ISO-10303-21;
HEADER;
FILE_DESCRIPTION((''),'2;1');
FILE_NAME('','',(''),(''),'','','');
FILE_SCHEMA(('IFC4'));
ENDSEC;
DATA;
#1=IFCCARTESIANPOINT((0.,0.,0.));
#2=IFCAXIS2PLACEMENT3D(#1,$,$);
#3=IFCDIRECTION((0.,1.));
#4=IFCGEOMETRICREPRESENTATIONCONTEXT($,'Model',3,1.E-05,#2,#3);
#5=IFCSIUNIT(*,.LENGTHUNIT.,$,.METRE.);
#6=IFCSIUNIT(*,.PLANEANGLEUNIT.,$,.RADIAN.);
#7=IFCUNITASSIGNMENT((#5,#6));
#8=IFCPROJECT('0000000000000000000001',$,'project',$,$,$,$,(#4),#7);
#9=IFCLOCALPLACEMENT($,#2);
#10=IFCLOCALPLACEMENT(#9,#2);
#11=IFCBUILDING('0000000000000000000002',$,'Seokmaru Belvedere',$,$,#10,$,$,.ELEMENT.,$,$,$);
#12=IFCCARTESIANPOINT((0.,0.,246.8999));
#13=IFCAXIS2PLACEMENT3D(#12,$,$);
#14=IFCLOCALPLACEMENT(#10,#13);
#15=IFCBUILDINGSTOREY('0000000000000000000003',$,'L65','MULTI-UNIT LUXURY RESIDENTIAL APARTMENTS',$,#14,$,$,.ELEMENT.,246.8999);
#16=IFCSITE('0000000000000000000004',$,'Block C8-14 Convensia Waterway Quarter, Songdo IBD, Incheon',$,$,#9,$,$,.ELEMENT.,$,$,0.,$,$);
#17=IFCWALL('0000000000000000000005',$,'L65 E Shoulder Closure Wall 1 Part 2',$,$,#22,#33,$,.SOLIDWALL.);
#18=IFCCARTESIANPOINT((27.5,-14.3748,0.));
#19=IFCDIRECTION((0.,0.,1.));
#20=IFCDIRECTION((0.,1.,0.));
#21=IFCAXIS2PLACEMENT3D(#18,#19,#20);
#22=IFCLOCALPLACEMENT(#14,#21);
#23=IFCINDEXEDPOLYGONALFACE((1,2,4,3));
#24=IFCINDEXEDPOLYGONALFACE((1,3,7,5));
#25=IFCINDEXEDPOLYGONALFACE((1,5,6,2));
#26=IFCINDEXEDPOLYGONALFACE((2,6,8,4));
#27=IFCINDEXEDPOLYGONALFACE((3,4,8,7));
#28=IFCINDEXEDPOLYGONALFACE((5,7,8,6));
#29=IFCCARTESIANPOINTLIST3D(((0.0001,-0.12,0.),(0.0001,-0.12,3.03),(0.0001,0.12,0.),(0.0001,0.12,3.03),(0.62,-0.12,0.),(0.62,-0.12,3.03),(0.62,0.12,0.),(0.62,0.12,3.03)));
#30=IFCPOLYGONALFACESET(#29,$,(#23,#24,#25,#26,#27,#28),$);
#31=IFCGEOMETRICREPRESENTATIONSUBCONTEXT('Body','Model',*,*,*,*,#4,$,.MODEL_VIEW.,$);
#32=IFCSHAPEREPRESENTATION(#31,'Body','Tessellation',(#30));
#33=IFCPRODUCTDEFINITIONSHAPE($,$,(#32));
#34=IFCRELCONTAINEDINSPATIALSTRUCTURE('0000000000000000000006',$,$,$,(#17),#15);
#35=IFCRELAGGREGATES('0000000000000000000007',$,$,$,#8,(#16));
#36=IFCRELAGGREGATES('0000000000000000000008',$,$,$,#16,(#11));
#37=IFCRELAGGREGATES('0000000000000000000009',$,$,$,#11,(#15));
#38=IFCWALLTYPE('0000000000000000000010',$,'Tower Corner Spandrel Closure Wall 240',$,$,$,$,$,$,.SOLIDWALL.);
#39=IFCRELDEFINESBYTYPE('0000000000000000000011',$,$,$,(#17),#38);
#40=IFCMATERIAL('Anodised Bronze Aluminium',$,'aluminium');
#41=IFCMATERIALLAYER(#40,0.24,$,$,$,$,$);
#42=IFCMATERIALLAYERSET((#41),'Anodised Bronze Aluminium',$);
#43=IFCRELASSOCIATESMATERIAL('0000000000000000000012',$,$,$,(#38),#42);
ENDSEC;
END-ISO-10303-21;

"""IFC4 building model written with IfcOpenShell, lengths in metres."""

from ifc_helpers import new_model, si_unit, direction, frame, frame_2d, origin, place, context, subcontext, project, spatial, rectangle, extrude, material, layer, layer_set, type_object, element, save


model = new_model("IFC4")

# Units and contexts
model_context = context("Model", 3, precision=1e-05, world=origin(), true_north=direction((0.0, 1.0)))
body_context = subcontext(model_context, "Body", "Model", "MODEL_VIEW")
ifc_project = project(units=[si_unit("LENGTHUNIT", "METRE"), si_unit("PLANEANGLEUNIT", "RADIAN")], contexts=[model_context])

# Site, building, storey
site_placement = place(None, origin())
site = spatial("IfcSite", under=ifc_project, at=site_placement, Name="Block C8-14 Convensia Waterway Quarter, Songdo IBD, Incheon", CompositionType="ELEMENT", RefElevation=0.0)
building_placement = place(site_placement, origin())
building = spatial("IfcBuilding", under=site, at=building_placement, Name="Seokmaru Belvedere", CompositionType="ELEMENT")
storey_placement = place(building_placement, frame((0.0, 0.0, 246.8999)))
storey = spatial("IfcBuildingStorey", under=building, at=storey_placement, Name="L65", Description="MULTI-UNIT LUXURY RESIDENTIAL APARTMENTS", CompositionType="ELEMENT", Elevation=246.8999)

# Shared definitions
ifc_material_1 = material(Name="Anodised Bronze Aluminium", Category="aluminium")

# Wall
ifc_layer_1 = layer(ifc_material_1, 0.24)
ifc_layer_set_1 = layer_set([ifc_layer_1], Name="Anodised Bronze Aluminium")
wall_type_1 = type_object("IfcWallType", Name="Tower Corner Spandrel Closure Wall 240", PredefinedType="SOLIDWALL", material=ifc_layer_set_1)
wall_1_placement = place(storey_placement, frame((27.5, -14.3748, 0.0), z_axis=(0.0, 0.0, 1.0), x_axis=(0.0, 1.0, 0.0)))
element("IfcWall", 1, at=wall_1_placement, inside=storey, type_object=wall_type_1, Name="L65 E Shoulder Closure Wall 1 Part 2", PredefinedType="SOLIDWALL", context=body_context, shape_type="SweptSolid", body=[
    extrude(rectangle(XDim=0.6199, YDim=0.24, at=frame_2d((0.3101, 0.0))), origin(), (0.0, 0.0, 1.0), 3.03),
])

save(model, "model.ifc")
